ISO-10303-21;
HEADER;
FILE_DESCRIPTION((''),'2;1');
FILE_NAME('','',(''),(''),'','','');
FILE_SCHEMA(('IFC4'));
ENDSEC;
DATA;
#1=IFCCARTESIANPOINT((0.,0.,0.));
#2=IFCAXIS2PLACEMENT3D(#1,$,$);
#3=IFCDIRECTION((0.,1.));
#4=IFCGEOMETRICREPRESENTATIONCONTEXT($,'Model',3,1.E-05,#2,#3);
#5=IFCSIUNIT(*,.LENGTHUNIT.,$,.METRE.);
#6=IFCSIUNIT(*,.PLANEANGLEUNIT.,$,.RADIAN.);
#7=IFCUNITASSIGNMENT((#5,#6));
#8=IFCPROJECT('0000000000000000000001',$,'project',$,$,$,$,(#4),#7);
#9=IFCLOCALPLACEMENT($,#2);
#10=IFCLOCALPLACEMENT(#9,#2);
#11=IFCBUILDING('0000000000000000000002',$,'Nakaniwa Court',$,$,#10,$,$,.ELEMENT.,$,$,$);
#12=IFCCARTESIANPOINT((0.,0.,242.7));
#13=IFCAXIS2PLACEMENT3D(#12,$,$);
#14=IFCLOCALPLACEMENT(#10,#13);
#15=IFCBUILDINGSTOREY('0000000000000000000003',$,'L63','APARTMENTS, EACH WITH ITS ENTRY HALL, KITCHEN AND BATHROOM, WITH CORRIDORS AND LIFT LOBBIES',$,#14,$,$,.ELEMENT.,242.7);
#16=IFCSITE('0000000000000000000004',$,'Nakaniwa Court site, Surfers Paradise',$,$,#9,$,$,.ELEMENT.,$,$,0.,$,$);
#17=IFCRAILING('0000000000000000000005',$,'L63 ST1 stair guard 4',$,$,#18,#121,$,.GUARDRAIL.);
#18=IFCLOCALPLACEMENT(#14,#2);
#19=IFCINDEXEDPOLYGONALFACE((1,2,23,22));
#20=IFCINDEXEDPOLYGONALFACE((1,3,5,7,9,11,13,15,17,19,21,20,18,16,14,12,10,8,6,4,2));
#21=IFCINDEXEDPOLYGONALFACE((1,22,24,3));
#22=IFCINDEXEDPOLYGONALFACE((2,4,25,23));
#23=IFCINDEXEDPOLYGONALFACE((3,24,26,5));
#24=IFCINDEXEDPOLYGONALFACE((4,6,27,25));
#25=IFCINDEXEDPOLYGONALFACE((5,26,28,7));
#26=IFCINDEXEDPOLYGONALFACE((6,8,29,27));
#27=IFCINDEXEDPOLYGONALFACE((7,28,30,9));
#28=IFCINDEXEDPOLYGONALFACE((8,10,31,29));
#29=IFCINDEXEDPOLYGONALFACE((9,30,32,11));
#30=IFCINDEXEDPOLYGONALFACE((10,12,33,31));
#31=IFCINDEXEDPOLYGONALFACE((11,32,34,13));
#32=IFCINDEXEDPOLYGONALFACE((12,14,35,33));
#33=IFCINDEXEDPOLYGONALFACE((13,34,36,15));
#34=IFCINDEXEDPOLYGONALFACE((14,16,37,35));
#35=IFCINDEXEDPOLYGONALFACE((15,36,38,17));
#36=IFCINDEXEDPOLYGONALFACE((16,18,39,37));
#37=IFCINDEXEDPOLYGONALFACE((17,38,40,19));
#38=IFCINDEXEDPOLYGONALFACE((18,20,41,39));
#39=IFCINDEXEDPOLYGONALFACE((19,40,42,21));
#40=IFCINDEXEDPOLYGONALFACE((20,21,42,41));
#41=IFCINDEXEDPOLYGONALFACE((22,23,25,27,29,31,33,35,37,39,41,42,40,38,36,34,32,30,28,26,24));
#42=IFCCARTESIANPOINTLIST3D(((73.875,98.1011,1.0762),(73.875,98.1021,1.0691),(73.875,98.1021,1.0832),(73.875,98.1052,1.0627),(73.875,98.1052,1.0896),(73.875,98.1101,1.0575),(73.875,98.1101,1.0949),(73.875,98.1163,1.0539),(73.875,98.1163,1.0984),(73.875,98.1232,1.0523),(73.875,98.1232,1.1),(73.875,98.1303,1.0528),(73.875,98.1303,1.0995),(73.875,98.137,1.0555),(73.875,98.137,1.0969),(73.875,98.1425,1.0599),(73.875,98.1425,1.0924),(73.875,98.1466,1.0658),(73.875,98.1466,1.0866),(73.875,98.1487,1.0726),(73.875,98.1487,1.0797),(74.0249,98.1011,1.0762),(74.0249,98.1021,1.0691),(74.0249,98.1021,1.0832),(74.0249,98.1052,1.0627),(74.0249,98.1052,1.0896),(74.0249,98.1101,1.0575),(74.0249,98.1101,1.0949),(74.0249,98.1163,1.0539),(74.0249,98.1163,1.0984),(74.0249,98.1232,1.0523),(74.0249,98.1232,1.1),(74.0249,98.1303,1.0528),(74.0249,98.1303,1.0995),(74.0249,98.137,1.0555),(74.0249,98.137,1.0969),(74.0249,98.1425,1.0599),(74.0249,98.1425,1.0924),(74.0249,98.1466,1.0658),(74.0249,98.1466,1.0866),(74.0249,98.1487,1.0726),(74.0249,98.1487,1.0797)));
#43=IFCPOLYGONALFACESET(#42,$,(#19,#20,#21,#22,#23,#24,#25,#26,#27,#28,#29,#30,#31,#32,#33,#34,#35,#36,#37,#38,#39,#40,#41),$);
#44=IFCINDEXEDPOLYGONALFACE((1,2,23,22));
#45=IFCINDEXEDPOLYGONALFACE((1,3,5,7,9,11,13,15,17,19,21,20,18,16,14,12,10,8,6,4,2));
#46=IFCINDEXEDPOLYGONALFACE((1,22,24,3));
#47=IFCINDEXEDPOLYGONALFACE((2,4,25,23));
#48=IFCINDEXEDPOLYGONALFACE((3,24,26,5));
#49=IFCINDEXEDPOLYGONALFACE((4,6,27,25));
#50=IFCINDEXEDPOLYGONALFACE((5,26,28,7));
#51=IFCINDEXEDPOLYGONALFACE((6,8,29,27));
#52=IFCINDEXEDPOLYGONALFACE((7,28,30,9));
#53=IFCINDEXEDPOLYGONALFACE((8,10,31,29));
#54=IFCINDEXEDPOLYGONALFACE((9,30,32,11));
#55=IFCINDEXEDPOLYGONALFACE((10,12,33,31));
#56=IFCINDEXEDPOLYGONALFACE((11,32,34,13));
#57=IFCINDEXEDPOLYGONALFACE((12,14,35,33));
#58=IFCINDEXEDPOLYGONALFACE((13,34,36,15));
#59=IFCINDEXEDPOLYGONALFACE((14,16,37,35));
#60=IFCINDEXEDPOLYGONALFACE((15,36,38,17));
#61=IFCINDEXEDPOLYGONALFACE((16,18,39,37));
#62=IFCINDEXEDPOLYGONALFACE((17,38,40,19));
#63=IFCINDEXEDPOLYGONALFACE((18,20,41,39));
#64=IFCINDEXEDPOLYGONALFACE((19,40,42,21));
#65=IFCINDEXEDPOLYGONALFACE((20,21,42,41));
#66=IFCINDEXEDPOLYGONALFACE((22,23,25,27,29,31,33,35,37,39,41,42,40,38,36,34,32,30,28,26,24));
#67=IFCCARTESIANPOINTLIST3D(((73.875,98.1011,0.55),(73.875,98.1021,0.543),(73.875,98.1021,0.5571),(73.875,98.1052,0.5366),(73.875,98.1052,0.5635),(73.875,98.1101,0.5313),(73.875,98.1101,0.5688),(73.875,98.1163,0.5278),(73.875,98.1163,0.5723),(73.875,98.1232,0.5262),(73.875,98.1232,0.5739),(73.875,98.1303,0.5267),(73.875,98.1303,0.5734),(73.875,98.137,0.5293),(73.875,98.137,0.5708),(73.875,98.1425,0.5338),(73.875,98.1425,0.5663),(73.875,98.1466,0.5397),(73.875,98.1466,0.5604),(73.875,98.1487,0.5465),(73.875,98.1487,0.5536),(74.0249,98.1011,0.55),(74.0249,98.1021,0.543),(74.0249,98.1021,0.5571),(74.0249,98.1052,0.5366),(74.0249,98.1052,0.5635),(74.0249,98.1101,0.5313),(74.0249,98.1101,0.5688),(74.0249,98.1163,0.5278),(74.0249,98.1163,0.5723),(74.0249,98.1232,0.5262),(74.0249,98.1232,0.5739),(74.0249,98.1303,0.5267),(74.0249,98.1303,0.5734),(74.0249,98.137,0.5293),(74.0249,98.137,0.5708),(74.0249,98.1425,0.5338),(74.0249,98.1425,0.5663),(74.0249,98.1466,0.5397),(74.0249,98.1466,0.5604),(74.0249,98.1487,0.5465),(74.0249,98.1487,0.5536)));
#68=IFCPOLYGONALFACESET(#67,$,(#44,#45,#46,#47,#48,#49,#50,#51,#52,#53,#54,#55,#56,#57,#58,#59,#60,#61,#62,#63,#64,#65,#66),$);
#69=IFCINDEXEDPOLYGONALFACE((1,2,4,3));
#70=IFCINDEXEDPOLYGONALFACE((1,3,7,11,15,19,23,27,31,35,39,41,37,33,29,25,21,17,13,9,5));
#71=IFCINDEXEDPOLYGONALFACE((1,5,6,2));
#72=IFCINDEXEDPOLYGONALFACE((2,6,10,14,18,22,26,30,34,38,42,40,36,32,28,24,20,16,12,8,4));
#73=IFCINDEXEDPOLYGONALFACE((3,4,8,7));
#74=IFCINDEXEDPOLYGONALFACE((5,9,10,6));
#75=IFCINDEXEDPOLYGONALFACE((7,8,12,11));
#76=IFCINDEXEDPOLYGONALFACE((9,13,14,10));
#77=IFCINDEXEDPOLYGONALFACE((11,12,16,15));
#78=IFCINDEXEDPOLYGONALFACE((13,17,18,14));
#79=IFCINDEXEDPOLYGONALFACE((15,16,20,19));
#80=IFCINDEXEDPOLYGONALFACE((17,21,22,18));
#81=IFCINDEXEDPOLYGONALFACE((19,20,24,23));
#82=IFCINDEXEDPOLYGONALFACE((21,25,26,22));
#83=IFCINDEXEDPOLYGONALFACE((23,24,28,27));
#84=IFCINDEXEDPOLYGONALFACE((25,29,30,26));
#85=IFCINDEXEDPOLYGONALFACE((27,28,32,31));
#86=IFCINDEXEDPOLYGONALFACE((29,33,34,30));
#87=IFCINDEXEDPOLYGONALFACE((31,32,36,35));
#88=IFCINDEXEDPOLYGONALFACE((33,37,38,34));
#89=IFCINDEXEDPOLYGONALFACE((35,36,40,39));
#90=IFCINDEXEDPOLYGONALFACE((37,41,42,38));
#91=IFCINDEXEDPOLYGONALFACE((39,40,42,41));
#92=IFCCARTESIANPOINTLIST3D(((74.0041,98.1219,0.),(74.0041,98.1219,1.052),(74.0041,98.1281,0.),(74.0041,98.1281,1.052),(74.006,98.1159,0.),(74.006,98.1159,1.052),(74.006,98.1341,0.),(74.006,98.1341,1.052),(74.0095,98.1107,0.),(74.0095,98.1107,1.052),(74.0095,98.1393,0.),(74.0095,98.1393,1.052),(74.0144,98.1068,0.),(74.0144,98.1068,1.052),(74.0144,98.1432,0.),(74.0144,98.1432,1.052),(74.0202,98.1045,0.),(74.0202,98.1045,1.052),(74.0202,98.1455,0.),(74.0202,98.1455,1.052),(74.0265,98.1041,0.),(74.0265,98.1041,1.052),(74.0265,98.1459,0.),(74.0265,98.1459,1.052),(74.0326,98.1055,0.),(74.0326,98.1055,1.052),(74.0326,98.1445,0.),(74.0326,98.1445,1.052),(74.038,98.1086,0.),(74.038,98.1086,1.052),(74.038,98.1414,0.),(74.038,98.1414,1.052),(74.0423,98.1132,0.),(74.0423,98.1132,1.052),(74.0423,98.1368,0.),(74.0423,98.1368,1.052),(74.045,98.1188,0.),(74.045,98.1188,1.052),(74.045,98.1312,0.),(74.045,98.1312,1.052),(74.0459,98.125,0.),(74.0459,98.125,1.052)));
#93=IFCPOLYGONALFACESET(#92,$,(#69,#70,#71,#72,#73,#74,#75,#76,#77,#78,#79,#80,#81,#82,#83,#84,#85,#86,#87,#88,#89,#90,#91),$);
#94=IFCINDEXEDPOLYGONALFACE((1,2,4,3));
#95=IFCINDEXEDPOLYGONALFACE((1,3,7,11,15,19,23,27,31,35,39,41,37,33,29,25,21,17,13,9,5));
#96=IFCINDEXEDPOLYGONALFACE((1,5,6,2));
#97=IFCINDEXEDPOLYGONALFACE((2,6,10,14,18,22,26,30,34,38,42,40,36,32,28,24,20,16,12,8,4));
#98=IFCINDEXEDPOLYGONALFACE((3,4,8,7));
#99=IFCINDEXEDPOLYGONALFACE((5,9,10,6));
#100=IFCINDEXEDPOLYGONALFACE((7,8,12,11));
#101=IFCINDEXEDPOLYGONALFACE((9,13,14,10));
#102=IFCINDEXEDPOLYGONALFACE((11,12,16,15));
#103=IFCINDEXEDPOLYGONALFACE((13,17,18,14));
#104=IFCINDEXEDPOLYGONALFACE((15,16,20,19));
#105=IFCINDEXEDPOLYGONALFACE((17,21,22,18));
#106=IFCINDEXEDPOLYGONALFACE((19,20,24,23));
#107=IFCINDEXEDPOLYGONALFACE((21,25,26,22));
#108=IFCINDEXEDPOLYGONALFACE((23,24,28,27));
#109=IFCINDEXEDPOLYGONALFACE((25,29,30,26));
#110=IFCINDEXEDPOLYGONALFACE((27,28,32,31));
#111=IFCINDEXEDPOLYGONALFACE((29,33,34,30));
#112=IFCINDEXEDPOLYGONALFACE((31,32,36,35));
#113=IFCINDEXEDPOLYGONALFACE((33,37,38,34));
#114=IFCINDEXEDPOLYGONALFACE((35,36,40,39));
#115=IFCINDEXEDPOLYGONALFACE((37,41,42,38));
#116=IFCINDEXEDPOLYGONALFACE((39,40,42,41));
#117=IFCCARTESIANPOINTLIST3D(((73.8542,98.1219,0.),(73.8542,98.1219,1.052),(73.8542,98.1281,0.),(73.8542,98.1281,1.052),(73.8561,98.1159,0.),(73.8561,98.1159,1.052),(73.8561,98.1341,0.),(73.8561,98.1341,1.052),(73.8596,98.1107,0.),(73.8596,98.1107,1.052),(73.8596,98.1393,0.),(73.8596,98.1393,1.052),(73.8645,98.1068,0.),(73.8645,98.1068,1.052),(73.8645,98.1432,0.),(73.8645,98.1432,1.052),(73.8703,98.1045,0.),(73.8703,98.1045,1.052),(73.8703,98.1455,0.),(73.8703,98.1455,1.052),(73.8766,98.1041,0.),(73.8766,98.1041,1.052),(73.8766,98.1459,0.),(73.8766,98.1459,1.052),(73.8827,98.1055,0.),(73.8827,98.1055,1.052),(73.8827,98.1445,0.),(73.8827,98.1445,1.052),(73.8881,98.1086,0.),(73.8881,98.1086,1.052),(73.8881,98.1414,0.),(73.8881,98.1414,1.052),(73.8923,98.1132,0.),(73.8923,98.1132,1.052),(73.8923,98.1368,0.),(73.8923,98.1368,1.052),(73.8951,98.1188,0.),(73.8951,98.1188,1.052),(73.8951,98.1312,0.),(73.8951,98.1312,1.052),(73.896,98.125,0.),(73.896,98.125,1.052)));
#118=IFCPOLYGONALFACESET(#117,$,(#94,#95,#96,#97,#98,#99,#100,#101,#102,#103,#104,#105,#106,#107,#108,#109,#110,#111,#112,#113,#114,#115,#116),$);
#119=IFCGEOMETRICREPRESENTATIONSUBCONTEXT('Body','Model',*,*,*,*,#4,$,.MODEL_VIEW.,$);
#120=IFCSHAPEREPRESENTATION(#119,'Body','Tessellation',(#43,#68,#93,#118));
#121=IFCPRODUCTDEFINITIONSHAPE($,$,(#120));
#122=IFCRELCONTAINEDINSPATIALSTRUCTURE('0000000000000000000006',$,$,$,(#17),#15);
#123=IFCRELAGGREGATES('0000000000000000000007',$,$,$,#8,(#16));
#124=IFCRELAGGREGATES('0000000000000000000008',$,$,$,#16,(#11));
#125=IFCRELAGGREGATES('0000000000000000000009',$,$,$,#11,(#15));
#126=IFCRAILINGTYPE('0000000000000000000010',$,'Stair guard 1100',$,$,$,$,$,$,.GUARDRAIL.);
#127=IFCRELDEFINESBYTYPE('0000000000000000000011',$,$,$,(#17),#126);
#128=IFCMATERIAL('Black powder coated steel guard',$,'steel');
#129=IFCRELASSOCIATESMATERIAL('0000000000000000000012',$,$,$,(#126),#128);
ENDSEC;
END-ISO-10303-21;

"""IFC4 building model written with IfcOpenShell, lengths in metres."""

from ifc_helpers import new_model, si_unit, direction, frame, origin, origin_2d, place, context, subcontext, project, spatial, circle, extrude, material, type_object, element, save


model = new_model("IFC4")

# Units and contexts
model_context = context("Model", 3, precision=1e-05, world=origin(), true_north=direction((0.0, 1.0)))
body_context = subcontext(model_context, "Body", "Model", "MODEL_VIEW")
ifc_project = project(units=[si_unit("LENGTHUNIT", "METRE"), si_unit("PLANEANGLEUNIT", "RADIAN")], contexts=[model_context])

# Site, building, storey
site_placement = place(None, origin())
site = spatial("IfcSite", under=ifc_project, at=site_placement, Name="Nakaniwa Court site, Surfers Paradise", CompositionType="ELEMENT", RefElevation=0.0)
building_placement = place(site_placement, origin())
building = spatial("IfcBuilding", under=site, at=building_placement, Name="Nakaniwa Court", CompositionType="ELEMENT")
storey_placement = place(building_placement, frame((0.0, 0.0, 242.7)))
storey = spatial("IfcBuildingStorey", under=building, at=storey_placement, Name="L63", Description="APARTMENTS, EACH WITH ITS ENTRY HALL, KITCHEN AND BATHROOM, WITH CORRIDORS AND LIFT LOBBIES", CompositionType="ELEMENT", Elevation=242.7)

# Railing
ifc_material_1 = material(Name="Black powder coated steel guard", Category="steel")
railing_type_1 = type_object("IfcRailingType", Name="Stair guard 1100", PredefinedType="GUARDRAIL", material=ifc_material_1)
railing_1_placement = place(storey_placement, frame((74.0249, 98.125, 0.0)))
element("IfcRailing", 1, at=railing_1_placement, inside=storey, type_object=railing_type_1, Name="L63 ST1 stair guard 4", PredefinedType="GUARDRAIL", context=body_context, shape_type="SweptSolid", body=[
    extrude(circle(Radius=0.0239, at=origin_2d()), frame((0.0, 0.0, 1.0762), z_axis=(-1.0, 0.0, 0.0), x_axis=(0.0, -1.0, 0.0)), (0.0, 0.0, 1.0), 0.1499),
    extrude(circle(Radius=0.0239, at=origin_2d()), frame((0.0, 0.0, 0.55), z_axis=(-1.0, 0.0, 0.0), x_axis=(0.0, -1.0, 0.0)), (0.0, 0.0, 1.0), 0.1499),
    extrude(circle(Radius=0.021, at=origin_2d()), origin(), (0.0, 0.0, 1.0), 1.052),
    extrude(circle(Radius=0.021, at=origin_2d()), frame((-0.1499, 0.0, 0.0)), (0.0, 0.0, 1.0), 1.052),
])

save(model, "model.ifc")
